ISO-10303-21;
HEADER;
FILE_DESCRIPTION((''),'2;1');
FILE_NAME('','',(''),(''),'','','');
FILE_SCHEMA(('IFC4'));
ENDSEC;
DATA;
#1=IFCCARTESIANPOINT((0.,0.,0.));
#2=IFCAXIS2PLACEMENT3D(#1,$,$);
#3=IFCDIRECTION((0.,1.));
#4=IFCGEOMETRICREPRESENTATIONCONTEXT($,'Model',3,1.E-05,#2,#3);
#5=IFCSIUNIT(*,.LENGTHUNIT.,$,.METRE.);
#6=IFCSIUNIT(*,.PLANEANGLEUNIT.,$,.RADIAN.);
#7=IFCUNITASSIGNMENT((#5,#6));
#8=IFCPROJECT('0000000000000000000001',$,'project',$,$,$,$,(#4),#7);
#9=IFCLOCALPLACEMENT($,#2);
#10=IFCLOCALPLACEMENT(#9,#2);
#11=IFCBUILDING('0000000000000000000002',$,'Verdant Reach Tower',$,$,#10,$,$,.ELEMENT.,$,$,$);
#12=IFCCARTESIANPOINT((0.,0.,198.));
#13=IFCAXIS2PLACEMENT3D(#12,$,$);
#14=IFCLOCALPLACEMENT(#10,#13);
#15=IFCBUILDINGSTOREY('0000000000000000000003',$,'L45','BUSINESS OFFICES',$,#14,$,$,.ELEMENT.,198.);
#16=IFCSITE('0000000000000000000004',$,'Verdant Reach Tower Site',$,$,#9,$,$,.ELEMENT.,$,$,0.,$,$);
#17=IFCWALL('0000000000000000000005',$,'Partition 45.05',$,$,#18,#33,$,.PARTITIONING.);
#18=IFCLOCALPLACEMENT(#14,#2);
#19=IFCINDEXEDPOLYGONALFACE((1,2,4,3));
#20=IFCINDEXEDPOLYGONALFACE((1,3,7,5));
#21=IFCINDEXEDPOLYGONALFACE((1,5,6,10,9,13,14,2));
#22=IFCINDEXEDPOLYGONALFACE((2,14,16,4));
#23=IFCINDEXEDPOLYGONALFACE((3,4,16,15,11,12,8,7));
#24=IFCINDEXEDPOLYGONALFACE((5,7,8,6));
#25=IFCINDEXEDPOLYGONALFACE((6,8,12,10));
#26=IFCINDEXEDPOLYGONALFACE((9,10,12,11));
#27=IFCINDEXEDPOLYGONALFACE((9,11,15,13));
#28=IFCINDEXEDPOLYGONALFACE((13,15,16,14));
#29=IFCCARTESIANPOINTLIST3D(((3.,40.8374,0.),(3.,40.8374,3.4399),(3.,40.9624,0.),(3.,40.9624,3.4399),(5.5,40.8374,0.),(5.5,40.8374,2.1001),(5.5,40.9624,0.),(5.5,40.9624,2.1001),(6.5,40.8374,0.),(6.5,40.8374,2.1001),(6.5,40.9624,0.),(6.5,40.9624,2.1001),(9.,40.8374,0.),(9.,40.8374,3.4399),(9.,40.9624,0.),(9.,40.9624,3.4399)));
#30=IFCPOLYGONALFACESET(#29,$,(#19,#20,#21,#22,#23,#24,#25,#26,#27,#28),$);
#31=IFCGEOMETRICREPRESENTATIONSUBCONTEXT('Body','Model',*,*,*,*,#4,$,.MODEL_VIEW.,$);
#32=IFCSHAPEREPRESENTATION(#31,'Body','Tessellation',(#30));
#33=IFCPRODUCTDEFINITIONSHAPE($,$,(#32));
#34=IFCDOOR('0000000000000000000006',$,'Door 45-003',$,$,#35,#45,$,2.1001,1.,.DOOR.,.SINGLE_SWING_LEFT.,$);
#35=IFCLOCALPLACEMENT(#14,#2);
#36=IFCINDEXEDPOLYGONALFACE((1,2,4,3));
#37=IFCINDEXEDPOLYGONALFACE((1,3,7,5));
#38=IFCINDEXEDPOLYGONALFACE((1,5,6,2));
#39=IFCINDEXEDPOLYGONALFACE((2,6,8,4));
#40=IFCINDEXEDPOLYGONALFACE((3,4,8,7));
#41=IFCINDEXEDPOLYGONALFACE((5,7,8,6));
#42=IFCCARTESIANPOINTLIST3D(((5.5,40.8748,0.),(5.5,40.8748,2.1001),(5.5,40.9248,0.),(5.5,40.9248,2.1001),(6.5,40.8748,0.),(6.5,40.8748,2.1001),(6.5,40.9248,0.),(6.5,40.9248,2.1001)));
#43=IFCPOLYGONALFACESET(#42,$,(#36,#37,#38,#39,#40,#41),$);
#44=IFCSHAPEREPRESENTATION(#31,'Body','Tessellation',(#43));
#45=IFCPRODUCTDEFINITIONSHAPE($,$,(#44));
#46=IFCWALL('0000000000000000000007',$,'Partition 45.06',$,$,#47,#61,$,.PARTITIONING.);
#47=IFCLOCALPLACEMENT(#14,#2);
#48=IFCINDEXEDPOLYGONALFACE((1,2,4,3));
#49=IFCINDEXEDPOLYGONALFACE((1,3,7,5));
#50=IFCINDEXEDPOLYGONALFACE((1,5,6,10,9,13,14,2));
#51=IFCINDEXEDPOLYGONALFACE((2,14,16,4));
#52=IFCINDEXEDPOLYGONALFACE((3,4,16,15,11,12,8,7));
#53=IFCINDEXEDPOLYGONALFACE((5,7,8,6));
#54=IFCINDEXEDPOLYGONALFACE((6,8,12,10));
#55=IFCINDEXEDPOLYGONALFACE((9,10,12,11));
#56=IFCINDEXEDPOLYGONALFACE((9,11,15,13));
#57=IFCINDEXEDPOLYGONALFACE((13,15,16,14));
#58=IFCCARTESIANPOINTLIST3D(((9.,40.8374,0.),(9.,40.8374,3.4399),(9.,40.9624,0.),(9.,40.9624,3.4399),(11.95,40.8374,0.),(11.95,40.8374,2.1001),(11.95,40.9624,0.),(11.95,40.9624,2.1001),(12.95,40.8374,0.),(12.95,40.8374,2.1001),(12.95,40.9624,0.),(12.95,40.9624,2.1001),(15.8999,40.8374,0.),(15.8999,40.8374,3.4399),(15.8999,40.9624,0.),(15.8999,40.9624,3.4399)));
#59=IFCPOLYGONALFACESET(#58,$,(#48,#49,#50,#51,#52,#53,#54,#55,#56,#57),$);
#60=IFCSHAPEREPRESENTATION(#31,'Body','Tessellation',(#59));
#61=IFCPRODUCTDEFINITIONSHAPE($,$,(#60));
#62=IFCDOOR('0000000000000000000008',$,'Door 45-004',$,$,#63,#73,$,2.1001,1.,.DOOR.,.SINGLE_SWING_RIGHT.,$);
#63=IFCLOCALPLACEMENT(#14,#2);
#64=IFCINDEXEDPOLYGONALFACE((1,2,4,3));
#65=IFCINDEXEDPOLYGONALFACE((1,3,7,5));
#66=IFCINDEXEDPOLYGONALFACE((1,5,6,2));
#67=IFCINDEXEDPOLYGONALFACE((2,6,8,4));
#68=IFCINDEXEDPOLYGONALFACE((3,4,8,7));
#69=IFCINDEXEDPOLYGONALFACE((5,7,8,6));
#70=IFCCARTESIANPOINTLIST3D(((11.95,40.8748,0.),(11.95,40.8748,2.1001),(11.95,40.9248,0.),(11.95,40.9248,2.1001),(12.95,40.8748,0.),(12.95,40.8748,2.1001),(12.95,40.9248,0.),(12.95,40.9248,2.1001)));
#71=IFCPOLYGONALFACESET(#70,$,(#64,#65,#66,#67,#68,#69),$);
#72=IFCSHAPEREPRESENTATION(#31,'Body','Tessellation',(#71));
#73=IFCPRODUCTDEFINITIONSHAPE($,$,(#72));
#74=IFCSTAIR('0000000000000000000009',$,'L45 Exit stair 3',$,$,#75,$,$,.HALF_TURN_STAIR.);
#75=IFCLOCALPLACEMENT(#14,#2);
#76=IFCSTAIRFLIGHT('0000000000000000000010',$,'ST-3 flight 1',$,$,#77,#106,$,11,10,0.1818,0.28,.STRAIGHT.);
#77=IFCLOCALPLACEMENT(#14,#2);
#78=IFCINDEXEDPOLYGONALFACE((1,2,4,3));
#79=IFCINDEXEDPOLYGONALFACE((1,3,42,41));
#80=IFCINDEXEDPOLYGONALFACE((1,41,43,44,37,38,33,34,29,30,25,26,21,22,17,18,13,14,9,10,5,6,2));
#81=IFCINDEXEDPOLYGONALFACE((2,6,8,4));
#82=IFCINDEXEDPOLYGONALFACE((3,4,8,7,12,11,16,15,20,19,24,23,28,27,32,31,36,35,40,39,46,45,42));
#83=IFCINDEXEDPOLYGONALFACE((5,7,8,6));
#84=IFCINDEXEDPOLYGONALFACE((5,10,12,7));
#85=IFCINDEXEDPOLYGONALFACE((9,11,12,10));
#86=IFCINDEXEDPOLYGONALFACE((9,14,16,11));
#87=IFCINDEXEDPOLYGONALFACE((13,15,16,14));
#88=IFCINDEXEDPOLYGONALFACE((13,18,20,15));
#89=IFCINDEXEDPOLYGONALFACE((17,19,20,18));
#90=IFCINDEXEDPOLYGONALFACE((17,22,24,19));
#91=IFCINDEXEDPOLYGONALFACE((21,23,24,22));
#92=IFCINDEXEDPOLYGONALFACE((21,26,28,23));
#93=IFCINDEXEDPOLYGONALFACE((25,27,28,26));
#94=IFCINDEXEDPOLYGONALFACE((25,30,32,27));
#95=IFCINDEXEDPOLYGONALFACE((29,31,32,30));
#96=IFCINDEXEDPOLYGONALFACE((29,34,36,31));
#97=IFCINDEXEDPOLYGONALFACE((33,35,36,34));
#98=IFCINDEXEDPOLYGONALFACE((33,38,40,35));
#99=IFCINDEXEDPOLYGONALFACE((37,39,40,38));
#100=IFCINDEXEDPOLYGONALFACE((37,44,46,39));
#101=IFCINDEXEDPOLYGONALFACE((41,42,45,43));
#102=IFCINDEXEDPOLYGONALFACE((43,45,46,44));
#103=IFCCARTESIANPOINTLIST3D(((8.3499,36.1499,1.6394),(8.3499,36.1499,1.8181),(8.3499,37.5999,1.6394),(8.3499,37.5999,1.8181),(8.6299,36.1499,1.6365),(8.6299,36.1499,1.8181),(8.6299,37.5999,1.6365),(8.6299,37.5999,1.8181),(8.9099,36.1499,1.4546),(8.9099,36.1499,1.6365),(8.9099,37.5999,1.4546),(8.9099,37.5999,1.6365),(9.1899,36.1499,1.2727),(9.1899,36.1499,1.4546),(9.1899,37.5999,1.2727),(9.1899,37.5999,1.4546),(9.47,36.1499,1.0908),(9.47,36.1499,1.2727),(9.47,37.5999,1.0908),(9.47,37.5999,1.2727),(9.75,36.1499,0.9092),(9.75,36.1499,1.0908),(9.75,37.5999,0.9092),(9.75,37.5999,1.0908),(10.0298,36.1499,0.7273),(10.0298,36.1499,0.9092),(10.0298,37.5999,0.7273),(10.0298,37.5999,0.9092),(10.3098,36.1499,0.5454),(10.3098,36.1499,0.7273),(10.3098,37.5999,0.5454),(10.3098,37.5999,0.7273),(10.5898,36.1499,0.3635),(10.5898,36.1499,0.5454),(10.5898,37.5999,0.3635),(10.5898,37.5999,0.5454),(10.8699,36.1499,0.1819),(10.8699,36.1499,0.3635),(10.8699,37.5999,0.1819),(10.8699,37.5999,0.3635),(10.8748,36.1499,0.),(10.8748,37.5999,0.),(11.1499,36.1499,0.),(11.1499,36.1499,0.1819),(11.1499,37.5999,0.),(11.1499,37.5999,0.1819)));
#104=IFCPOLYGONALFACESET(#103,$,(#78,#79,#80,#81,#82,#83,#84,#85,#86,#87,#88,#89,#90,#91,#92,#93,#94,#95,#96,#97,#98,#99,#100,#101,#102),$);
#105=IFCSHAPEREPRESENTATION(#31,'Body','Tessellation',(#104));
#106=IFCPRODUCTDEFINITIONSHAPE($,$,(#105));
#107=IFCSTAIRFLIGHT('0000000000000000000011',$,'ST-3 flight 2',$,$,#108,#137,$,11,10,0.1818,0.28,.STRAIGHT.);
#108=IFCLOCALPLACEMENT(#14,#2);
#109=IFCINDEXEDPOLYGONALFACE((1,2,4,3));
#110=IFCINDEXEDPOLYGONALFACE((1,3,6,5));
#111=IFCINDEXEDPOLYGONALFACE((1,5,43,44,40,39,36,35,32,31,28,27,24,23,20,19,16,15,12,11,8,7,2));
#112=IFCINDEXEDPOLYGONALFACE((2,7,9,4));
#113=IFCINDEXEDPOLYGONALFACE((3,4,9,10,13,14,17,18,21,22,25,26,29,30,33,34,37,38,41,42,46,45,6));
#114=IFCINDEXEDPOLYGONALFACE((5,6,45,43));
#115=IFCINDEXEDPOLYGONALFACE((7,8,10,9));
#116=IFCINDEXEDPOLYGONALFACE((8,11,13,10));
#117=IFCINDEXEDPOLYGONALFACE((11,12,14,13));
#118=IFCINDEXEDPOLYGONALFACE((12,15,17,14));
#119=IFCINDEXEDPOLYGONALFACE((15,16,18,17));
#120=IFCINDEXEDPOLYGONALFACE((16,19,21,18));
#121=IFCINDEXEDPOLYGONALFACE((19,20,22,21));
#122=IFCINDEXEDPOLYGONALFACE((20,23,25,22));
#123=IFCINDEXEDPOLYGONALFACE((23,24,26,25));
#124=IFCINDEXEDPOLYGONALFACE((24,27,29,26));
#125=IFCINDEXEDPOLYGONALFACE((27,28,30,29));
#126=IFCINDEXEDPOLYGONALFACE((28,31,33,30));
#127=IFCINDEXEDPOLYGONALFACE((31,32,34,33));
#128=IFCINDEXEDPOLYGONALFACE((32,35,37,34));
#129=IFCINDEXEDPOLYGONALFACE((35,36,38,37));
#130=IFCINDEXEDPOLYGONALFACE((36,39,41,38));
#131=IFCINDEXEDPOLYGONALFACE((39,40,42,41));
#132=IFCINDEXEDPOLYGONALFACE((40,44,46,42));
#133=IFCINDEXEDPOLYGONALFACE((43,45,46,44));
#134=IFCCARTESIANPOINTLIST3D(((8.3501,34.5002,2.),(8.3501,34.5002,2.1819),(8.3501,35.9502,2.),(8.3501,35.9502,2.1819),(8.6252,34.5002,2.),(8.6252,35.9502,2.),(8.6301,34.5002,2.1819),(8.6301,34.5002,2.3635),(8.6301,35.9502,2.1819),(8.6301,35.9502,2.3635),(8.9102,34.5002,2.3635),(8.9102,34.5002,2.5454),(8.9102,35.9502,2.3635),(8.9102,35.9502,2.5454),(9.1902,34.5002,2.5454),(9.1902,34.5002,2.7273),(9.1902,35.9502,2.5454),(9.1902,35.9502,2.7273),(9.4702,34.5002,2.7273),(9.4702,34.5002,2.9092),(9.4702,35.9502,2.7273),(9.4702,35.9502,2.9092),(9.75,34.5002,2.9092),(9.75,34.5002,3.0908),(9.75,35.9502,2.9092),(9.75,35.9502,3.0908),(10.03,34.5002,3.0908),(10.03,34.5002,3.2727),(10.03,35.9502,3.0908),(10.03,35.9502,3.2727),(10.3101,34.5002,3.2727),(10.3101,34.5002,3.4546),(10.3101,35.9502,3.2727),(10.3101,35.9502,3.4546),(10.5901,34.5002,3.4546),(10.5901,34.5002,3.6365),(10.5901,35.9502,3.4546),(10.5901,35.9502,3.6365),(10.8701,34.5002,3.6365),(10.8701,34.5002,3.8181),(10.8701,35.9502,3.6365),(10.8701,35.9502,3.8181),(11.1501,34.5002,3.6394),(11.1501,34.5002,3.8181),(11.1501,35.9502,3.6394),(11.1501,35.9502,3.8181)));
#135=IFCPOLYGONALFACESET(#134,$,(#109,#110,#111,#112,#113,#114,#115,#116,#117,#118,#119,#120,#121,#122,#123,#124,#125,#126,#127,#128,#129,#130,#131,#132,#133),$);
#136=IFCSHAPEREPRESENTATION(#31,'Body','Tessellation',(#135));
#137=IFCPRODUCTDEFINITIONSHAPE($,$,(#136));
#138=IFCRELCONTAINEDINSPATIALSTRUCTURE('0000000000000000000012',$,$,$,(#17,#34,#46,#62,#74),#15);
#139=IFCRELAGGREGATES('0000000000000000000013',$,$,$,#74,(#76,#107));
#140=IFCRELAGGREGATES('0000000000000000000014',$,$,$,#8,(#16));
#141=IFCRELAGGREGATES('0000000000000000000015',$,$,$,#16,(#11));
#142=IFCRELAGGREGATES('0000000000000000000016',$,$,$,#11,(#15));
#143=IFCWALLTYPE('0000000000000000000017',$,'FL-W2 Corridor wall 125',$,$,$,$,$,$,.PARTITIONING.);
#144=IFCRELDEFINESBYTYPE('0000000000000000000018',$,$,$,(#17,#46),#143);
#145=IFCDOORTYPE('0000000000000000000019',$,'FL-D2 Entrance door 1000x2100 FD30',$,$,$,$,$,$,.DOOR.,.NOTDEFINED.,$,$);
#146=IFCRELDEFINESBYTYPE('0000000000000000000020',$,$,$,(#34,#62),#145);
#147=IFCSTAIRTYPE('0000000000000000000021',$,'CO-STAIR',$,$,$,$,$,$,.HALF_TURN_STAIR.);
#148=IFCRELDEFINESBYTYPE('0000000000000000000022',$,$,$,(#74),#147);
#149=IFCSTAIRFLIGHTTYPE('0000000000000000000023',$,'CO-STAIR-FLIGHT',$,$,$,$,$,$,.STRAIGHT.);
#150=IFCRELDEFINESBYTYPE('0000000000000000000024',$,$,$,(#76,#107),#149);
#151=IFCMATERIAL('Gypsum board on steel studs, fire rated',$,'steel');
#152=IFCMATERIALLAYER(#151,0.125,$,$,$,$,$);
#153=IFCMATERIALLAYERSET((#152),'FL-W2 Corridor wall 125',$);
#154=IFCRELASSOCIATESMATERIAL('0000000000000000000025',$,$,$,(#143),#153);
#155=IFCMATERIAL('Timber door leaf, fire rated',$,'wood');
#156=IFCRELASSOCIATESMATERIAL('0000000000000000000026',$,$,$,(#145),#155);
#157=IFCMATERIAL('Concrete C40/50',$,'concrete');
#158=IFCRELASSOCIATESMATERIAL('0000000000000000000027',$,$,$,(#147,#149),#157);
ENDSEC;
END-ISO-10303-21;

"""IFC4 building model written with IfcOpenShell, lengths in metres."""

from ifc_helpers import new_model, si_unit, direction, frame, frame_2d, origin, place, context, subcontext, project, spatial, polyline, rectangle, outline, extrude, material, layer, layer_set, type_object, element, fill, aggregate, save


model = new_model("IFC4")

# Units and contexts
model_context = context("Model", 3, precision=1e-05, world=origin(), true_north=direction((0.0, 1.0)))
body_context = subcontext(model_context, "Body", "Model", "MODEL_VIEW")
ifc_project = project(units=[si_unit("LENGTHUNIT", "METRE"), si_unit("PLANEANGLEUNIT", "RADIAN")], contexts=[model_context])

# Site, building, storey
site_placement = place(None, origin())
site = spatial("IfcSite", under=ifc_project, at=site_placement, Name="Verdant Reach Tower Site", CompositionType="ELEMENT", RefElevation=0.0)
building_placement = place(site_placement, origin())
building = spatial("IfcBuilding", under=site, at=building_placement, Name="Verdant Reach Tower", CompositionType="ELEMENT")
storey_placement = place(building_placement, frame((0.0, 0.0, 198.0)))
storey = spatial("IfcBuildingStorey", under=building, at=storey_placement, Name="L45", Description="BUSINESS OFFICES", CompositionType="ELEMENT", Elevation=198.0)

# Walls, openings, doors
ifc_material_1 = material(Name="Gypsum board on steel studs, fire rated", Category="steel")
ifc_layer_1 = layer(ifc_material_1, 0.125)
ifc_layer_set_1 = layer_set([ifc_layer_1], Name="FL-W2 Corridor wall 125")
wall_type_1 = type_object("IfcWallType", Name="FL-W2 Corridor wall 125", PredefinedType="PARTITIONING", material=ifc_layer_set_1)
wall_1_placement = place(storey_placement, frame((3.0, 40.8999, 0.0), z_axis=(0.0, 0.0, 1.0), x_axis=(1.0, 0.0, 0.0)))
wall_1 = element("IfcWall", 1, at=wall_1_placement, inside=storey, type_object=wall_type_1, Name="Partition 45.05", PredefinedType="PARTITIONING", context=body_context, shape_type="SweptSolid", body=[
    extrude(rectangle(XDim=6.0, YDim=0.125, at=frame_2d((3.0, 0.0))), origin(), (0.0, 0.0, 1.0), 3.4399),
])
opening_1_placement = place(wall_1_placement, frame((2.5, 0.0, 0.0)))
opening_1 = element("IfcOpeningElement", 2, at=opening_1_placement, cuts=wall_1, PredefinedType="OPENING", context=body_context, shape_type="SweptSolid", body=[
    extrude(rectangle(XDim=1.0, YDim=2.1001, at=frame_2d((0.5, 1.05))), frame((0.0, 0.0725, 0.0), z_axis=(0.0, -1.0, 0.0), x_axis=(1.0, 0.0, 0.0)), (0.0, 0.0, 1.0), 0.145),
])
ifc_material_2 = material(Name="Timber door leaf, fire rated", Category="wood")
door_type = type_object("IfcDoorType", Name="FL-D2 Entrance door 1000x2100 FD30", OperationType="NOTDEFINED", PredefinedType="DOOR", material=ifc_material_2)
door_1_placement = place(opening_1_placement, origin())
door_1 = element("IfcDoor", 3, at=door_1_placement, inside=storey, type_object=door_type, Name="Door 45-003", OperationType="SINGLE_SWING_LEFT", OverallHeight=2.1001, OverallWidth=1.0, PredefinedType="DOOR", context=body_context, shape_type="SweptSolid", body=[
    extrude(rectangle(XDim=1.0, YDim=2.1001, at=frame_2d((0.5, 1.05))), frame((0.0, 0.0249, 0.0), z_axis=(0.0, -1.0, 0.0), x_axis=(1.0, 0.0, 0.0)), (0.0, 0.0, 1.0), 0.05),
])
fill(opening_1, door_1)
wall_2_placement = place(storey_placement, frame((9.0, 40.8999, 0.0), z_axis=(0.0, 0.0, 1.0), x_axis=(1.0, 0.0, 0.0)))
wall_2 = element("IfcWall", 4, at=wall_2_placement, inside=storey, type_object=wall_type_1, Name="Partition 45.06", PredefinedType="PARTITIONING", context=body_context, shape_type="SweptSolid", body=[
    extrude(rectangle(XDim=6.8999, YDim=0.125, at=frame_2d((3.45, 0.0))), origin(), (0.0, 0.0, 1.0), 3.4399),
])
opening_2_placement = place(wall_2_placement, frame((2.95, 0.0, 0.0)))
opening_2 = element("IfcOpeningElement", 5, at=opening_2_placement, cuts=wall_2, PredefinedType="OPENING", context=body_context, shape_type="SweptSolid", body=[
    extrude(rectangle(XDim=1.0, YDim=2.1001, at=frame_2d((0.5, 1.05))), frame((0.0, 0.0725, 0.0), z_axis=(0.0, -1.0, 0.0), x_axis=(1.0, 0.0, 0.0)), (0.0, 0.0, 1.0), 0.145),
])
door_2_placement = place(opening_2_placement, origin())
door_2 = element("IfcDoor", 6, at=door_2_placement, inside=storey, type_object=door_type, Name="Door 45-004", OperationType="SINGLE_SWING_RIGHT", OverallHeight=2.1001, OverallWidth=1.0, PredefinedType="DOOR", context=body_context, shape_type="SweptSolid", body=[
    extrude(rectangle(XDim=1.0, YDim=2.1001, at=frame_2d((0.5, 1.05))), frame((0.0, 0.0249, 0.0), z_axis=(0.0, -1.0, 0.0), x_axis=(1.0, 0.0, 0.0)), (0.0, 0.0, 1.0), 0.05),
])
fill(opening_2, door_2)

# Stair, stair flights
ifc_material_3 = material(Name="Concrete C40/50", Category="concrete")
stair_type = type_object("IfcStairType", Name="CO-STAIR", PredefinedType="HALF_TURN_STAIR", material=ifc_material_3)
stair_placement = place(storey_placement, origin())
stair = element("IfcStair", 7, at=stair_placement, inside=storey, type_object=stair_type, Name="L45 Exit stair 3", PredefinedType="HALF_TURN_STAIR")
stair_flight_type = type_object("IfcStairFlightType", Name="CO-STAIR-FLIGHT", PredefinedType="STRAIGHT", material=ifc_material_3)
stair_flight_1_placement = place(storey_placement, frame((11.1499, 36.875, 0.0), z_axis=(0.0, 0.0, 1.0), x_axis=(-1.0, 0.0, 0.0)))
stair_flight_1 = element("IfcStairFlight", 8, at=stair_flight_1_placement, type_object=stair_flight_type, Name="ST-3 flight 1", NumberOfRisers=11, NumberOfTreads=10, PredefinedType="STRAIGHT", RiserHeight=0.1818, TreadLength=0.28, context=body_context, shape_type="SweptSolid", body=[
    extrude(outline(polyline([(0.0, 0.0), (0.0, 0.1819), (0.28, 0.1819), (0.28, 0.3635), (0.5601, 0.3635), (0.5601, 0.5454), (0.8401, 0.5454), (0.8401, 0.7273), (1.1201, 0.7273), (1.1201, 0.9092), (1.3999, 0.9092), (1.3999, 1.0908), (1.6799, 1.0908), (1.6799, 1.2727), (1.96, 1.2727), (1.96, 1.4546), (2.24, 1.4546), (2.24, 1.6365), (2.52, 1.6365), (2.52, 1.8181), (2.8, 1.8181), (2.8, 2.0), (2.8, 1.6394), (0.2751, 0.0), (0.0, 0.0)])), frame((0.0, 0.7251, 0.0), z_axis=(0.0, -1.0, 0.0), x_axis=(1.0, 0.0, 0.0)), (0.0, 0.0, 1.0), 1.45),
])
stair_flight_2_placement = place(storey_placement, frame((8.3501, 35.2251, 2.0), z_axis=(0.0, 0.0, 1.0), x_axis=(1.0, 0.0, 0.0)))
stair_flight_2 = element("IfcStairFlight", 9, at=stair_flight_2_placement, type_object=stair_flight_type, Name="ST-3 flight 2", NumberOfRisers=11, NumberOfTreads=10, PredefinedType="STRAIGHT", RiserHeight=0.1818, TreadLength=0.28, context=body_context, shape_type="SweptSolid", body=[
    extrude(outline(polyline([(0.0, 0.0), (0.0, 0.1819), (0.28, 0.1819), (0.28, 0.3635), (0.5601, 0.3635), (0.5601, 0.5454), (0.8401, 0.5454), (0.8401, 0.7273), (1.1201, 0.7273), (1.1201, 0.9092), (1.3999, 0.9092), (1.3999, 1.0908), (1.6799, 1.0908), (1.6799, 1.2727), (1.96, 1.2727), (1.96, 1.4546), (2.24, 1.4546), (2.24, 1.6365), (2.52, 1.6365), (2.52, 1.8181), (2.8, 1.8181), (2.8, 2.0), (2.8, 1.6394), (0.2751, 0.0), (0.0, 0.0)])), frame((0.0, 0.7251, 0.0), z_axis=(0.0, -1.0, 0.0), x_axis=(1.0, 0.0, 0.0)), (0.0, 0.0, 1.0), 1.45),
])
aggregate(stair, [stair_flight_1, stair_flight_2])

save(model, "model.ifc")
